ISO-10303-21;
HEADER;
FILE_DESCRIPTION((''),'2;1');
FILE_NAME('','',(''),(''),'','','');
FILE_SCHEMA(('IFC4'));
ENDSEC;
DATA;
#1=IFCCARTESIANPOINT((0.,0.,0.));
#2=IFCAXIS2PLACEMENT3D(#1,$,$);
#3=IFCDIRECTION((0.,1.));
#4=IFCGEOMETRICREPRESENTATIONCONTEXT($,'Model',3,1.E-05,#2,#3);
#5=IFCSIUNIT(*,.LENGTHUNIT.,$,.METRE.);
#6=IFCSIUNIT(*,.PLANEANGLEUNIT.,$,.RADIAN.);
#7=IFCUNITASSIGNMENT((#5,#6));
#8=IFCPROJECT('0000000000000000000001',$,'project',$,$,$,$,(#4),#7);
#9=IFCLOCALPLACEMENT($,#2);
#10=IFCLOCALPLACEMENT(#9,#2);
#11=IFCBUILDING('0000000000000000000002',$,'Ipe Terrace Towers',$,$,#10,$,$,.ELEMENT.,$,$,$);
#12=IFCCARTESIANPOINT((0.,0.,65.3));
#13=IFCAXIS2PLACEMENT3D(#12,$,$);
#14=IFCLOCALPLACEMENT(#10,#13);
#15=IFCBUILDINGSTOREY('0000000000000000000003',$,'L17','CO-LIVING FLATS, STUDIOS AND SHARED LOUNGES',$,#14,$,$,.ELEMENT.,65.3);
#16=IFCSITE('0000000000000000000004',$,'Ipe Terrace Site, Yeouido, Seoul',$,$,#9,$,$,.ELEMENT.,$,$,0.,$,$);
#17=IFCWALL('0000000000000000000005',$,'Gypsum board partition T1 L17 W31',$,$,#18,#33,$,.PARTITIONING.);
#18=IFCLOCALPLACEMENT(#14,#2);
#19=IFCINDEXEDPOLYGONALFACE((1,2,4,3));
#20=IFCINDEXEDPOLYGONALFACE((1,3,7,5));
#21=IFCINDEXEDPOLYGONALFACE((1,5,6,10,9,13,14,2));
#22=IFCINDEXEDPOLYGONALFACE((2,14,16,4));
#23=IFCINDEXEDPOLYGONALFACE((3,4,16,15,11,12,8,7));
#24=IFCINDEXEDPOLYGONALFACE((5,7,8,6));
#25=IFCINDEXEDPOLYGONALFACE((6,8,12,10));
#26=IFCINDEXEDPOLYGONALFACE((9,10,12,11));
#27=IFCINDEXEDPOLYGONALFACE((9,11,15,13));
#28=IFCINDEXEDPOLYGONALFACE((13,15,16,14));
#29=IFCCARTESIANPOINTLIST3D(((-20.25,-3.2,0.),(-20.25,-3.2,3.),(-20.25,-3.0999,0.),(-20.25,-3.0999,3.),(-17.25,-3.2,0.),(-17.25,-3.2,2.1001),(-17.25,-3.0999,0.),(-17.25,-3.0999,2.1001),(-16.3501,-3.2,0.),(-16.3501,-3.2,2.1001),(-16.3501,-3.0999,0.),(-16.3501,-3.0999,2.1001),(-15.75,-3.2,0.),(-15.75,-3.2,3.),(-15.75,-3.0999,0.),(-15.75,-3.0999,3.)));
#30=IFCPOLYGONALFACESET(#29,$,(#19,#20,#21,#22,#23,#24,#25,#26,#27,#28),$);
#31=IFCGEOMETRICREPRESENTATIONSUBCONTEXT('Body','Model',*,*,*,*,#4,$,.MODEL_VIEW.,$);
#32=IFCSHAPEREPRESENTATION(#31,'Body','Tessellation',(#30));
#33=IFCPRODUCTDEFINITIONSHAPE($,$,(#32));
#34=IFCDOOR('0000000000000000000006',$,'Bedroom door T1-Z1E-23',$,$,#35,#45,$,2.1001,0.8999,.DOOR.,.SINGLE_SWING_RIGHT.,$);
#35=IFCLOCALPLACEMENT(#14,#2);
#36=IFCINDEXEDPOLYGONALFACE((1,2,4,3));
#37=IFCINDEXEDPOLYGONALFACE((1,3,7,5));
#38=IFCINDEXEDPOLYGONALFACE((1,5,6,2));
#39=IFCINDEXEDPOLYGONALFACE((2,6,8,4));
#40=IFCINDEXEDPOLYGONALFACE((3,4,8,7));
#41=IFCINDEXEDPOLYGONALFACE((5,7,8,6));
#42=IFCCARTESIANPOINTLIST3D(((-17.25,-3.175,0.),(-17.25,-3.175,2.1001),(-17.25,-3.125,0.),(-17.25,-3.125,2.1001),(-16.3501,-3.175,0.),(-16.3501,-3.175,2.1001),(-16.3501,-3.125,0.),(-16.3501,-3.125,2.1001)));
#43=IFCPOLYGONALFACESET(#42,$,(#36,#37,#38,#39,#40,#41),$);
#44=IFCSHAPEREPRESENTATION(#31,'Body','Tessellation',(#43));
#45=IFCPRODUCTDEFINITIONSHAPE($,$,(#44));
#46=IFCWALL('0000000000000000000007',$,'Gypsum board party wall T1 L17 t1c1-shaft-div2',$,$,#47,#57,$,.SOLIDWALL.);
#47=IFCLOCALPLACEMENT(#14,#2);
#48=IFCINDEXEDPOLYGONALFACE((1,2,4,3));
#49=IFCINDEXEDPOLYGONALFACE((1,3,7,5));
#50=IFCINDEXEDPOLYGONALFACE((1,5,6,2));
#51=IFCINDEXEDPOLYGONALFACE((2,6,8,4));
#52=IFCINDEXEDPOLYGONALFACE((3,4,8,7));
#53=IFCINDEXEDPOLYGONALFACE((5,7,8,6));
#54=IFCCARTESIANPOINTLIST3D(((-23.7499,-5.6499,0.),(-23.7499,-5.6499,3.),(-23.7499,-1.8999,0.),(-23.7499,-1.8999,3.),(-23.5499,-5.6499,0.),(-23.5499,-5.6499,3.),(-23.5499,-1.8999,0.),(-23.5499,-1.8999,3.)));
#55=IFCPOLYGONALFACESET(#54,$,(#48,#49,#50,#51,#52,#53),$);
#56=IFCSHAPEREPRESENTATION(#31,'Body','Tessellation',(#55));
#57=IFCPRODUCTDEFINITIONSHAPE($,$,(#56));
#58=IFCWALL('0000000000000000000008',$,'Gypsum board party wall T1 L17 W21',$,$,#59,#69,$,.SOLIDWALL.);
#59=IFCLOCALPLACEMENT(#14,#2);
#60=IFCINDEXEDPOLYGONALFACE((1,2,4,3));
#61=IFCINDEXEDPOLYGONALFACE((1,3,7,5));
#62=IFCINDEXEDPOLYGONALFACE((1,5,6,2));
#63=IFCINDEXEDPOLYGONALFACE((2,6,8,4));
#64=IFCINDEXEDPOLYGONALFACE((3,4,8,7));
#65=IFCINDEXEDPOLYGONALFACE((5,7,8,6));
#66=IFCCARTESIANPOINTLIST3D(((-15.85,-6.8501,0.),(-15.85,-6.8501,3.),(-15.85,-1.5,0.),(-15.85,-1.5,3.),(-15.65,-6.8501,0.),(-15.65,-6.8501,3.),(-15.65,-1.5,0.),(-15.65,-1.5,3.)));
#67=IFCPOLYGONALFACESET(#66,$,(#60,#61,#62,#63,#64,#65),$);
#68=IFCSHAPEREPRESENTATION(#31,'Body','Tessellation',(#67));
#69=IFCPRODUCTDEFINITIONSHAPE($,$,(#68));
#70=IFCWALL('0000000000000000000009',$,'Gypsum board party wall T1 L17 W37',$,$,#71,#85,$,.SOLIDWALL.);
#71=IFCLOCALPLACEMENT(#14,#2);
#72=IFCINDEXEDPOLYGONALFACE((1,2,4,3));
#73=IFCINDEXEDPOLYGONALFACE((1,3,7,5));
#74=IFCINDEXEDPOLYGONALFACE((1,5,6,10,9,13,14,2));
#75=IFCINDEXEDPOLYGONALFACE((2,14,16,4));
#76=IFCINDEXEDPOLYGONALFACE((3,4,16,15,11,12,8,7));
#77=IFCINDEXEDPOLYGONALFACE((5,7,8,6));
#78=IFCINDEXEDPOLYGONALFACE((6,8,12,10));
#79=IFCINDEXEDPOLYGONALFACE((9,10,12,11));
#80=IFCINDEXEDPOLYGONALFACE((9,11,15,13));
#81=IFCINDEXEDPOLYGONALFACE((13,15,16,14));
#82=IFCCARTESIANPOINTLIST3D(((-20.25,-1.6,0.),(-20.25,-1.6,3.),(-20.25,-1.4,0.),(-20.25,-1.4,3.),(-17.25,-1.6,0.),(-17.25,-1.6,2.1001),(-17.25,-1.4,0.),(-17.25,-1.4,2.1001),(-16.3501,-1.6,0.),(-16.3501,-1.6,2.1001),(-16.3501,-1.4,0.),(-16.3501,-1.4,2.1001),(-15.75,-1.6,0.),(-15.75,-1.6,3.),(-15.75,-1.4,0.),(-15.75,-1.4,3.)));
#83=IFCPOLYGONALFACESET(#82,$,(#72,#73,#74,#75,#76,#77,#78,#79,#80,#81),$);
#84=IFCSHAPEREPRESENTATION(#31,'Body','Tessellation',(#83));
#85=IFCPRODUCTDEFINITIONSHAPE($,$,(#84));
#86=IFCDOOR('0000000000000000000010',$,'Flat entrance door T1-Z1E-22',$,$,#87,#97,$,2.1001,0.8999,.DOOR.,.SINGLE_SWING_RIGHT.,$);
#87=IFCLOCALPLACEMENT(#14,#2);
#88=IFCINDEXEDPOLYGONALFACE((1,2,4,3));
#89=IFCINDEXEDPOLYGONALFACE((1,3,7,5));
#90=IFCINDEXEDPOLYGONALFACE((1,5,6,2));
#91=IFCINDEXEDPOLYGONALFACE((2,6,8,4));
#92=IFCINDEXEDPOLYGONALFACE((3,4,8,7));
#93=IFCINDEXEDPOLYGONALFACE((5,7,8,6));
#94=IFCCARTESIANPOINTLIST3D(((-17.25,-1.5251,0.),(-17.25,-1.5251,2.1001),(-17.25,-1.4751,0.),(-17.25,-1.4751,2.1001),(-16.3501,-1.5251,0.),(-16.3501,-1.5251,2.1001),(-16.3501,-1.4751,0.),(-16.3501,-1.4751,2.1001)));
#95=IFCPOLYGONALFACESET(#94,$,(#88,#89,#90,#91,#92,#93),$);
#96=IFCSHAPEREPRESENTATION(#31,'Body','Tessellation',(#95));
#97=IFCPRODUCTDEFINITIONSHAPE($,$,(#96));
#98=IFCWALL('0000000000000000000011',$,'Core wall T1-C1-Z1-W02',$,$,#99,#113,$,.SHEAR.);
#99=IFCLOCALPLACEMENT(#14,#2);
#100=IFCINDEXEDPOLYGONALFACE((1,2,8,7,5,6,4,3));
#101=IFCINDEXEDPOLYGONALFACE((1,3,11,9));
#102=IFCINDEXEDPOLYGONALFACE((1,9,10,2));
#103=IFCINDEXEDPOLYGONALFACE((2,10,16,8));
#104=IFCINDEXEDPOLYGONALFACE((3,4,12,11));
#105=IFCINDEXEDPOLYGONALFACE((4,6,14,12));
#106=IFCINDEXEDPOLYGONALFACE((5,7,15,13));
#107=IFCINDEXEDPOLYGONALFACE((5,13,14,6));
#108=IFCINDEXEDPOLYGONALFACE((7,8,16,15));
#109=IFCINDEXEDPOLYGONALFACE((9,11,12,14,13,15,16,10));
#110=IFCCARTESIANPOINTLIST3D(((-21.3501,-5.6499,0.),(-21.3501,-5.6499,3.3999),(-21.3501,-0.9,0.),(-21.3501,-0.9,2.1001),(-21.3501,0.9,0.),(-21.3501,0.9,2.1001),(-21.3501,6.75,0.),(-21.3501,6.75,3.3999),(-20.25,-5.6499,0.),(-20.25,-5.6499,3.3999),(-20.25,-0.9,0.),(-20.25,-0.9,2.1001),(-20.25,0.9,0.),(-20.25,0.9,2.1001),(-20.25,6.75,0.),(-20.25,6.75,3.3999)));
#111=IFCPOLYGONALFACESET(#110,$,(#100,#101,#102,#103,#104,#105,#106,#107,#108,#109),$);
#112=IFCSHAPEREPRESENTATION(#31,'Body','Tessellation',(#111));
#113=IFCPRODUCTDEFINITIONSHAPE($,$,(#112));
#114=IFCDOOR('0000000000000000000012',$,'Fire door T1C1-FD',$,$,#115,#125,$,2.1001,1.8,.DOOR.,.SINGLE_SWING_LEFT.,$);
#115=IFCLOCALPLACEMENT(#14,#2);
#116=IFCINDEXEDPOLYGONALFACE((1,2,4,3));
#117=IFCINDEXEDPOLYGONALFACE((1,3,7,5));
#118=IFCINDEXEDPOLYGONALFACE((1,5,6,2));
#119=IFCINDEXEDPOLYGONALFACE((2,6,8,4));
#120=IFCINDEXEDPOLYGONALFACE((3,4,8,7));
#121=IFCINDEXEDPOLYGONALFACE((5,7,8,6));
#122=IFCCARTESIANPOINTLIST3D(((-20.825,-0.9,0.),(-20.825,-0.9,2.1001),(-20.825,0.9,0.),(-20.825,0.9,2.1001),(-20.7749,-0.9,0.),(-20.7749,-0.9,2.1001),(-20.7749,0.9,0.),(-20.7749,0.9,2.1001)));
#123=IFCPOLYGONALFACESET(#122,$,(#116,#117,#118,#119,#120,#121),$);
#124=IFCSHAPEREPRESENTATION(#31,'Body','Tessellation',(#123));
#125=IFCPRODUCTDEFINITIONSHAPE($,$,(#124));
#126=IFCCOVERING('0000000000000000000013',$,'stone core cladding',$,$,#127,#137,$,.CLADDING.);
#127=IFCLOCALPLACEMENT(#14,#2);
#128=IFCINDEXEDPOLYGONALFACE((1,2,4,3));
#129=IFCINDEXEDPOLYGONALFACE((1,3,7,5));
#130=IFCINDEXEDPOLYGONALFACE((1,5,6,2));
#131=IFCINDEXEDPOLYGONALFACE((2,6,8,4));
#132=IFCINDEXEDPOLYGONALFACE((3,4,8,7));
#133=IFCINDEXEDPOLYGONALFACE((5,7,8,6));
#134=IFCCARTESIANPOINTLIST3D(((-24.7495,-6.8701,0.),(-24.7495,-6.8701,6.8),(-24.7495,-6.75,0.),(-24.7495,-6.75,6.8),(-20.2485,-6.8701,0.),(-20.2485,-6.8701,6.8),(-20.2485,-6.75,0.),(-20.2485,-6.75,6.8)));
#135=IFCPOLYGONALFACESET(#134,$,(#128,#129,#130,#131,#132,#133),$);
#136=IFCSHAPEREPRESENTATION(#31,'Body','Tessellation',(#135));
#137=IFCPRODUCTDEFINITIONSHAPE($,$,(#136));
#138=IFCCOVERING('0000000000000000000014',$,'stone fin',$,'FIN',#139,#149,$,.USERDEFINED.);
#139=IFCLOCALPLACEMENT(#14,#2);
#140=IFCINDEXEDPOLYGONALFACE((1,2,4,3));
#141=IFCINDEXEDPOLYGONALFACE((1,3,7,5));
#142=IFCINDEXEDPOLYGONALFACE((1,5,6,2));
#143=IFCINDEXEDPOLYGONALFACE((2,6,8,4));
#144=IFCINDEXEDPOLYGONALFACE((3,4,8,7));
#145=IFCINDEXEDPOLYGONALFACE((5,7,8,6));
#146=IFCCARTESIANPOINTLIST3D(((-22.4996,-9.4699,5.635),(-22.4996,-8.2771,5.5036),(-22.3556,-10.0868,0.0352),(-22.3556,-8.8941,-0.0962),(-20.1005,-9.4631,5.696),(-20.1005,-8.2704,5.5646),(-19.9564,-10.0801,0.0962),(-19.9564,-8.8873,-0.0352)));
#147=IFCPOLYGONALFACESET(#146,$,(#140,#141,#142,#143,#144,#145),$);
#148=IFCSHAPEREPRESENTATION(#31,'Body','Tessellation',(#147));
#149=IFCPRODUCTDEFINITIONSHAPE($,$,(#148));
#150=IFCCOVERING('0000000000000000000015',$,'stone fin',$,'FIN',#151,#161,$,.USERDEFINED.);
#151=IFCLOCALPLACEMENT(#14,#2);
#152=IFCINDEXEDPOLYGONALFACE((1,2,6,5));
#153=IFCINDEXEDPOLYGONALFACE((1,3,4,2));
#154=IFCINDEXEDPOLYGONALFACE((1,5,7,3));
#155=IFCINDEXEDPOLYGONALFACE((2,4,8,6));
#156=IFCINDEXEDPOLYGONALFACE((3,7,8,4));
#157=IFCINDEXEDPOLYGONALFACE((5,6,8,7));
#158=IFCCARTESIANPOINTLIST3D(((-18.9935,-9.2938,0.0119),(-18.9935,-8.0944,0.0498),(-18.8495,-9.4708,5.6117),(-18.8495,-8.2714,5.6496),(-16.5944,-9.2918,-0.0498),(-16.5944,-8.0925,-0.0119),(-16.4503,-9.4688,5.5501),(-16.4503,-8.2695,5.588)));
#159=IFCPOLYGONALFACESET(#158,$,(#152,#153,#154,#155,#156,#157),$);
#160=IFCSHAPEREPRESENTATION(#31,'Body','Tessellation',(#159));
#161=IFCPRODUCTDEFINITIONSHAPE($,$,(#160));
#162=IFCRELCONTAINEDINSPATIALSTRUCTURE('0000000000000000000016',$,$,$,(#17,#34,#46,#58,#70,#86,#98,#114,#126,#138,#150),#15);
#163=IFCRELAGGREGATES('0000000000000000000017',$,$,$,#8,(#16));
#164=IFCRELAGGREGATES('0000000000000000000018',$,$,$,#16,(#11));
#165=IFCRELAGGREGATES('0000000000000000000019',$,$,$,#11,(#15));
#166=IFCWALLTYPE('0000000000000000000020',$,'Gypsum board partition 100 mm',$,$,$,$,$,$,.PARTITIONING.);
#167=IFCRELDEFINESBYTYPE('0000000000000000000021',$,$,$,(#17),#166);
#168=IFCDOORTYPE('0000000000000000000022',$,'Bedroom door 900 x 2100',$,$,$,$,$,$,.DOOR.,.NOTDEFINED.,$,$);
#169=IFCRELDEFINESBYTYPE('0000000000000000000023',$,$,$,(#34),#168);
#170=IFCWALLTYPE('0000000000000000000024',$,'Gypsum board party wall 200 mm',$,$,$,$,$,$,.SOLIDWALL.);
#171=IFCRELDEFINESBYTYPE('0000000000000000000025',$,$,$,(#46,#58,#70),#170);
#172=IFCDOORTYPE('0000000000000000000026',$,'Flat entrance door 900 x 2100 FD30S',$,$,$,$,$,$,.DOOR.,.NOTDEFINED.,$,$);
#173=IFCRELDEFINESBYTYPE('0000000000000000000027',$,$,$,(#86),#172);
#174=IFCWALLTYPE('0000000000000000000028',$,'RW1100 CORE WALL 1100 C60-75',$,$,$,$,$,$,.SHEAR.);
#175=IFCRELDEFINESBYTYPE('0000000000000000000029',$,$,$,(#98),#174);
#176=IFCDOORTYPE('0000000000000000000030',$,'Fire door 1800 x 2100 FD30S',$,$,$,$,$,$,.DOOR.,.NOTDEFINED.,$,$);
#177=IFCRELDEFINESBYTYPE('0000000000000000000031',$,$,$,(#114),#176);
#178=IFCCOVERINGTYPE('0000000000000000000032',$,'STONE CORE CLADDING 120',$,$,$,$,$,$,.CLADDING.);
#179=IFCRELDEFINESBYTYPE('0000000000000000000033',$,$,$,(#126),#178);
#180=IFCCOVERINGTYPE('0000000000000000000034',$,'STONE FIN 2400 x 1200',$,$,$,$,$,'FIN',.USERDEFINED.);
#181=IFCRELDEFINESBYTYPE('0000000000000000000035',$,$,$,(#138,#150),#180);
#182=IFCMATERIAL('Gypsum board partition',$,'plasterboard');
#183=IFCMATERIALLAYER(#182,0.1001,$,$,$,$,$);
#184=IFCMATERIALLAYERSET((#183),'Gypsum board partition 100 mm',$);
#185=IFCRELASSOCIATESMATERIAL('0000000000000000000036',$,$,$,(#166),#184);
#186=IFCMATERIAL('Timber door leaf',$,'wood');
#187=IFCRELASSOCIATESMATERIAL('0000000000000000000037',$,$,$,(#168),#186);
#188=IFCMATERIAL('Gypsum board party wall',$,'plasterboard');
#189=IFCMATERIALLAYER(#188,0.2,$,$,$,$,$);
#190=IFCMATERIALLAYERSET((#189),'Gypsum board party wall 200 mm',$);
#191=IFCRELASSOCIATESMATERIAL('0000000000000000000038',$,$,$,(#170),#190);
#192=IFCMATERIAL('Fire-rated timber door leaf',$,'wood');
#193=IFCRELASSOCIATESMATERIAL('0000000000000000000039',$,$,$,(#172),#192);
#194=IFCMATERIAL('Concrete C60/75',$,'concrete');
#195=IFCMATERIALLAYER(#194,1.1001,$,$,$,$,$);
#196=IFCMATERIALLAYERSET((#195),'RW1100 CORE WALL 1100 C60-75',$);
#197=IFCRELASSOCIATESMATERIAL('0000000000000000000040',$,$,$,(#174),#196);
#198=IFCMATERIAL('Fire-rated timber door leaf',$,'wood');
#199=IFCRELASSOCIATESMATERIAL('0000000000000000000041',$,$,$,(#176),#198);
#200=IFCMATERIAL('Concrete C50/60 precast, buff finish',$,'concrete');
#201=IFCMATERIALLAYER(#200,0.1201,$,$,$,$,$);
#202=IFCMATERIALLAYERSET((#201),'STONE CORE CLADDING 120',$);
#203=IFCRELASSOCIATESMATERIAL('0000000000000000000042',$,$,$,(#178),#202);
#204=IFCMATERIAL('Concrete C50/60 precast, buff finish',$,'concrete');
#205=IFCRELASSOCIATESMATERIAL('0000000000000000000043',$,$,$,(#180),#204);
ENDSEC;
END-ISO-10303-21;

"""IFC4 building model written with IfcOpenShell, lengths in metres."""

from ifc_helpers import new_model, si_unit, direction, frame, frame_2d, origin, origin_2d, place, context, subcontext, project, spatial, rectangle, extrude, material, layer, layer_set, material_profile, profile_set, type_object, element, fill, save


model = new_model("IFC4")

# Units and contexts
model_context = context("Model", 3, precision=1e-05, world=origin(), true_north=direction((0.0, 1.0)))
body_context = subcontext(model_context, "Body", "Model", "MODEL_VIEW")
ifc_project = project(units=[si_unit("LENGTHUNIT", "METRE"), si_unit("PLANEANGLEUNIT", "RADIAN")], contexts=[model_context])

# Site, building, storey
site_placement = place(None, origin())
site = spatial("IfcSite", under=ifc_project, at=site_placement, Name="Ipe Terrace Site, Yeouido, Seoul", CompositionType="ELEMENT", RefElevation=0.0)
building_placement = place(site_placement, origin())
building = spatial("IfcBuilding", under=site, at=building_placement, Name="Ipe Terrace Towers", CompositionType="ELEMENT")
storey_placement = place(building_placement, frame((0.0, 0.0, 65.3)))
storey = spatial("IfcBuildingStorey", under=building, at=storey_placement, Name="L17", Description="CO-LIVING FLATS, STUDIOS AND SHARED LOUNGES", CompositionType="ELEMENT", Elevation=65.3)

# Wall, opening, door
ifc_material_1 = material(Name="Gypsum board partition", Category="plasterboard")
ifc_layer_1 = layer(ifc_material_1, 0.1001)
ifc_layer_set_1 = layer_set([ifc_layer_1], Name="Gypsum board partition 100 mm")
wall_type_1 = type_object("IfcWallType", Name="Gypsum board partition 100 mm", PredefinedType="PARTITIONING", material=ifc_layer_set_1)
wall_1_placement = place(storey_placement, frame((-20.25, -3.1499, 0.0), z_axis=(0.0, 0.0, 1.0), x_axis=(1.0, 0.0, 0.0)))
wall_1 = element("IfcWall", 1, at=wall_1_placement, inside=storey, type_object=wall_type_1, Name="Gypsum board partition T1 L17 W31", PredefinedType="PARTITIONING", context=body_context, shape_type="SweptSolid", body=[
    extrude(rectangle(XDim=4.5, YDim=0.1001, at=frame_2d((2.25, 0.0))), origin(), (0.0, 0.0, 1.0), 3.0),
])
opening_1_placement = place(wall_1_placement, frame((3.0, 0.0, 0.0)))
opening_1 = element("IfcOpeningElement", 2, at=opening_1_placement, cuts=wall_1, PredefinedType="OPENING", context=body_context, shape_type="SweptSolid", body=[
    extrude(rectangle(XDim=0.8999, YDim=2.1001, at=frame_2d((0.45, 1.05))), frame((0.0, 0.0601, 0.0), z_axis=(0.0, -1.0, 0.0), x_axis=(1.0, 0.0, 0.0)), (0.0, 0.0, 1.0), 0.1201),
])
ifc_material_2 = material(Name="Timber door leaf", Category="wood")
door_type_1 = type_object("IfcDoorType", Name="Bedroom door 900 x 2100", OperationType="NOTDEFINED", PredefinedType="DOOR", material=ifc_material_2)
door_1_placement = place(opening_1_placement, origin())
door_1 = element("IfcDoor", 3, at=door_1_placement, inside=storey, type_object=door_type_1, Name="Bedroom door T1-Z1E-23", OperationType="SINGLE_SWING_RIGHT", OverallHeight=2.1001, OverallWidth=0.8999, PredefinedType="DOOR", context=body_context, shape_type="SweptSolid", body=[
    extrude(rectangle(XDim=0.8999, YDim=2.1001, at=frame_2d((0.45, 1.05))), frame((0.0, 0.0249, 0.0), z_axis=(0.0, -1.0, 0.0), x_axis=(1.0, 0.0, 0.0)), (0.0, 0.0, 1.0), 0.05),
])
fill(opening_1, door_1)

# Walls
ifc_material_3 = material(Name="Gypsum board party wall", Category="plasterboard")
ifc_layer_2 = layer(ifc_material_3, 0.2)
ifc_layer_set_2 = layer_set([ifc_layer_2], Name="Gypsum board party wall 200 mm")
wall_type_2 = type_object("IfcWallType", Name="Gypsum board party wall 200 mm", PredefinedType="SOLIDWALL", material=ifc_layer_set_2)
wall_2_placement = place(storey_placement, frame((-23.6499, -5.6499, 0.0), z_axis=(0.0, 0.0, 1.0), x_axis=(0.0, 1.0, 0.0)))
element("IfcWall", 4, at=wall_2_placement, inside=storey, type_object=wall_type_2, Name="Gypsum board party wall T1 L17 t1c1-shaft-div2", PredefinedType="SOLIDWALL", context=body_context, shape_type="SweptSolid", body=[
    extrude(rectangle(XDim=3.75, YDim=0.2, at=frame_2d((1.875, 0.0))), origin(), (0.0, 0.0, 1.0), 3.0),
])
wall_3_placement = place(storey_placement, frame((-15.75, -6.8501, 0.0), z_axis=(0.0, 0.0, 1.0), x_axis=(0.0, 1.0, 0.0)))
element("IfcWall", 5, at=wall_3_placement, inside=storey, type_object=wall_type_2, Name="Gypsum board party wall T1 L17 W21", PredefinedType="SOLIDWALL", context=body_context, shape_type="SweptSolid", body=[
    extrude(rectangle(XDim=5.3501, YDim=0.2, at=frame_2d((2.675, 0.0))), origin(), (0.0, 0.0, 1.0), 3.0),
])

# Walls, openings, doors
wall_4_placement = place(storey_placement, frame((-20.25, -1.5, 0.0), z_axis=(0.0, 0.0, 1.0), x_axis=(1.0, 0.0, 0.0)))
wall_4 = element("IfcWall", 6, at=wall_4_placement, inside=storey, type_object=wall_type_2, Name="Gypsum board party wall T1 L17 W37", PredefinedType="SOLIDWALL", context=body_context, shape_type="SweptSolid", body=[
    extrude(rectangle(XDim=4.5, YDim=0.2, at=frame_2d((2.25, 0.0))), origin(), (0.0, 0.0, 1.0), 3.0),
])
opening_2_placement = place(wall_4_placement, frame((3.0, 0.0, 0.0)))
opening_2 = element("IfcOpeningElement", 7, at=opening_2_placement, cuts=wall_4, PredefinedType="OPENING", context=body_context, shape_type="SweptSolid", body=[
    extrude(rectangle(XDim=0.8999, YDim=2.1001, at=frame_2d((0.45, 1.05))), frame((0.0, 0.1099, 0.0), z_axis=(0.0, -1.0, 0.0), x_axis=(1.0, 0.0, 0.0)), (0.0, 0.0, 1.0), 0.22),
])
ifc_material_4 = material(Name="Fire-rated timber door leaf", Category="wood")
door_type_2 = type_object("IfcDoorType", Name="Flat entrance door 900 x 2100 FD30S", OperationType="NOTDEFINED", PredefinedType="DOOR", material=ifc_material_4)
door_2_placement = place(opening_2_placement, origin())
door_2 = element("IfcDoor", 8, at=door_2_placement, inside=storey, type_object=door_type_2, Name="Flat entrance door T1-Z1E-22", OperationType="SINGLE_SWING_RIGHT", OverallHeight=2.1001, OverallWidth=0.8999, PredefinedType="DOOR", context=body_context, shape_type="SweptSolid", body=[
    extrude(rectangle(XDim=0.8999, YDim=2.1001, at=frame_2d((0.45, 1.05))), frame((0.0, 0.0249, 0.0), z_axis=(0.0, -1.0, 0.0), x_axis=(1.0, 0.0, 0.0)), (0.0, 0.0, 1.0), 0.05),
])
fill(opening_2, door_2)
ifc_material_5 = material(Name="Concrete C60/75", Category="concrete")
ifc_layer_3 = layer(ifc_material_5, 1.1001)
ifc_layer_set_3 = layer_set([ifc_layer_3], Name="RW1100 CORE WALL 1100 C60-75")
wall_type_3 = type_object("IfcWallType", Name="RW1100 CORE WALL 1100 C60-75", PredefinedType="SHEAR", material=ifc_layer_set_3)
wall_5_placement = place(storey_placement, frame((-20.8, -5.6499, 0.0), z_axis=(0.0, 0.0, 1.0), x_axis=(0.0, 1.0, 0.0)))
wall_5 = element("IfcWall", 9, at=wall_5_placement, inside=storey, type_object=wall_type_3, Name="Core wall T1-C1-Z1-W02", PredefinedType="SHEAR", context=body_context, shape_type="SweptSolid", body=[
    extrude(rectangle(XDim=12.3999, YDim=1.1001, at=frame_2d((6.2, 0.0))), origin(), (0.0, 0.0, 1.0), 3.3999),
])
opening_3_placement = place(wall_5_placement, frame((4.75, 0.0, 0.0)))
opening_3 = element("IfcOpeningElement", 10, at=opening_3_placement, cuts=wall_5, PredefinedType="OPENING", context=body_context, shape_type="SweptSolid", body=[
    extrude(rectangle(XDim=1.8, YDim=2.1001, at=frame_2d((0.8999, 1.05))), frame((0.0, 0.5601, 0.0), z_axis=(0.0, -1.0, 0.0), x_axis=(1.0, 0.0, 0.0)), (0.0, 0.0, 1.0), 1.1201),
])
ifc_material_6 = material(Name="Fire-rated timber door leaf", Category="wood")
door_type_3 = type_object("IfcDoorType", Name="Fire door 1800 x 2100 FD30S", OperationType="NOTDEFINED", PredefinedType="DOOR", material=ifc_material_6)
door_3_placement = place(opening_3_placement, origin())
door_3 = element("IfcDoor", 11, at=door_3_placement, inside=storey, type_object=door_type_3, Name="Fire door T1C1-FD", OperationType="SINGLE_SWING_LEFT", OverallHeight=2.1001, OverallWidth=1.8, PredefinedType="DOOR", context=body_context, shape_type="SweptSolid", body=[
    extrude(rectangle(XDim=1.8, YDim=2.1001, at=frame_2d((0.8999, 1.05))), frame((0.0, 0.0249, 0.0), z_axis=(0.0, -1.0, 0.0), x_axis=(1.0, 0.0, 0.0)), (0.0, 0.0, 1.0), 0.05),
])
fill(opening_3, door_3)

# Coverings
ifc_material_7 = material(Name="Concrete C50/60 precast, buff finish", Category="concrete")
ifc_layer_4 = layer(ifc_material_7, 0.1201)
ifc_layer_set_4 = layer_set([ifc_layer_4], Name="STONE CORE CLADDING 120")
covering_type_1 = type_object("IfcCoveringType", Name="STONE CORE CLADDING 120", PredefinedType="CLADDING", material=ifc_layer_set_4)
covering_1_placement = place(storey_placement, frame((-22.499, -6.8101, 0.0), z_axis=(0.0, 0.0, 1.0), x_axis=(1.0, 0.0, 0.0)))
element("IfcCovering", 12, at=covering_1_placement, inside=storey, type_object=covering_type_1, Name="stone core cladding", PredefinedType="CLADDING", context=body_context, shape_type="SweptSolid", body=[
    extrude(rectangle(XDim=4.501, YDim=0.1201, at=origin_2d()), origin(), (0.0, 0.0, 1.0), 6.8),
])
ifc_material_8 = material(Name="Concrete C50/60 precast, buff finish", Category="concrete")
ifc_material_profile_1 = material_profile(ifc_material_8, rectangle(XDim=2.3999, YDim=1.2, at=origin_2d()), Name="STONE FIN 2400 x 1200")
ifc_profile_set_1 = profile_set([ifc_material_profile_1], Name="Concrete C50/60 precast, buff finish")
covering_type_2 = type_object("IfcCoveringType", Name="STONE FIN 2400 x 1200", ElementType="FIN", PredefinedType="USERDEFINED", material=ifc_profile_set_1)
covering_2_placement = place(storey_placement, frame((-21.156, -9.4871, 0.0), z_axis=(-0.02556, 0.109473, 0.993661), x_axis=(0.999673, 0.002799, 0.025406)))
element("IfcCovering", 13, at=covering_2_placement, inside=storey, type_object=covering_type_2, Name="stone fin", ObjectType="FIN", PredefinedType="USERDEFINED", context=body_context, shape_type="SweptSolid", body=[
    extrude(rectangle(XDim=2.3999, YDim=1.2, at=origin_2d()), origin(), (0.0, 0.0, 1.0), 5.6355),
])
covering_3_placement = place(storey_placement, frame((-17.7939, -8.6931, 0.0), z_axis=(0.025701, -0.031582, 0.999171), x_axis=(0.99967, 0.000812, -0.025688)))
element("IfcCovering", 14, at=covering_3_placement, inside=storey, type_object=covering_type_2, Name="stone fin", ObjectType="FIN", PredefinedType="USERDEFINED", context=body_context, shape_type="SweptSolid", body=[
    extrude(rectangle(XDim=2.3999, YDim=1.2, at=origin_2d()), origin(), (0.0, 0.0, 1.0), 5.6045),
])

save(model, "model.ifc")
